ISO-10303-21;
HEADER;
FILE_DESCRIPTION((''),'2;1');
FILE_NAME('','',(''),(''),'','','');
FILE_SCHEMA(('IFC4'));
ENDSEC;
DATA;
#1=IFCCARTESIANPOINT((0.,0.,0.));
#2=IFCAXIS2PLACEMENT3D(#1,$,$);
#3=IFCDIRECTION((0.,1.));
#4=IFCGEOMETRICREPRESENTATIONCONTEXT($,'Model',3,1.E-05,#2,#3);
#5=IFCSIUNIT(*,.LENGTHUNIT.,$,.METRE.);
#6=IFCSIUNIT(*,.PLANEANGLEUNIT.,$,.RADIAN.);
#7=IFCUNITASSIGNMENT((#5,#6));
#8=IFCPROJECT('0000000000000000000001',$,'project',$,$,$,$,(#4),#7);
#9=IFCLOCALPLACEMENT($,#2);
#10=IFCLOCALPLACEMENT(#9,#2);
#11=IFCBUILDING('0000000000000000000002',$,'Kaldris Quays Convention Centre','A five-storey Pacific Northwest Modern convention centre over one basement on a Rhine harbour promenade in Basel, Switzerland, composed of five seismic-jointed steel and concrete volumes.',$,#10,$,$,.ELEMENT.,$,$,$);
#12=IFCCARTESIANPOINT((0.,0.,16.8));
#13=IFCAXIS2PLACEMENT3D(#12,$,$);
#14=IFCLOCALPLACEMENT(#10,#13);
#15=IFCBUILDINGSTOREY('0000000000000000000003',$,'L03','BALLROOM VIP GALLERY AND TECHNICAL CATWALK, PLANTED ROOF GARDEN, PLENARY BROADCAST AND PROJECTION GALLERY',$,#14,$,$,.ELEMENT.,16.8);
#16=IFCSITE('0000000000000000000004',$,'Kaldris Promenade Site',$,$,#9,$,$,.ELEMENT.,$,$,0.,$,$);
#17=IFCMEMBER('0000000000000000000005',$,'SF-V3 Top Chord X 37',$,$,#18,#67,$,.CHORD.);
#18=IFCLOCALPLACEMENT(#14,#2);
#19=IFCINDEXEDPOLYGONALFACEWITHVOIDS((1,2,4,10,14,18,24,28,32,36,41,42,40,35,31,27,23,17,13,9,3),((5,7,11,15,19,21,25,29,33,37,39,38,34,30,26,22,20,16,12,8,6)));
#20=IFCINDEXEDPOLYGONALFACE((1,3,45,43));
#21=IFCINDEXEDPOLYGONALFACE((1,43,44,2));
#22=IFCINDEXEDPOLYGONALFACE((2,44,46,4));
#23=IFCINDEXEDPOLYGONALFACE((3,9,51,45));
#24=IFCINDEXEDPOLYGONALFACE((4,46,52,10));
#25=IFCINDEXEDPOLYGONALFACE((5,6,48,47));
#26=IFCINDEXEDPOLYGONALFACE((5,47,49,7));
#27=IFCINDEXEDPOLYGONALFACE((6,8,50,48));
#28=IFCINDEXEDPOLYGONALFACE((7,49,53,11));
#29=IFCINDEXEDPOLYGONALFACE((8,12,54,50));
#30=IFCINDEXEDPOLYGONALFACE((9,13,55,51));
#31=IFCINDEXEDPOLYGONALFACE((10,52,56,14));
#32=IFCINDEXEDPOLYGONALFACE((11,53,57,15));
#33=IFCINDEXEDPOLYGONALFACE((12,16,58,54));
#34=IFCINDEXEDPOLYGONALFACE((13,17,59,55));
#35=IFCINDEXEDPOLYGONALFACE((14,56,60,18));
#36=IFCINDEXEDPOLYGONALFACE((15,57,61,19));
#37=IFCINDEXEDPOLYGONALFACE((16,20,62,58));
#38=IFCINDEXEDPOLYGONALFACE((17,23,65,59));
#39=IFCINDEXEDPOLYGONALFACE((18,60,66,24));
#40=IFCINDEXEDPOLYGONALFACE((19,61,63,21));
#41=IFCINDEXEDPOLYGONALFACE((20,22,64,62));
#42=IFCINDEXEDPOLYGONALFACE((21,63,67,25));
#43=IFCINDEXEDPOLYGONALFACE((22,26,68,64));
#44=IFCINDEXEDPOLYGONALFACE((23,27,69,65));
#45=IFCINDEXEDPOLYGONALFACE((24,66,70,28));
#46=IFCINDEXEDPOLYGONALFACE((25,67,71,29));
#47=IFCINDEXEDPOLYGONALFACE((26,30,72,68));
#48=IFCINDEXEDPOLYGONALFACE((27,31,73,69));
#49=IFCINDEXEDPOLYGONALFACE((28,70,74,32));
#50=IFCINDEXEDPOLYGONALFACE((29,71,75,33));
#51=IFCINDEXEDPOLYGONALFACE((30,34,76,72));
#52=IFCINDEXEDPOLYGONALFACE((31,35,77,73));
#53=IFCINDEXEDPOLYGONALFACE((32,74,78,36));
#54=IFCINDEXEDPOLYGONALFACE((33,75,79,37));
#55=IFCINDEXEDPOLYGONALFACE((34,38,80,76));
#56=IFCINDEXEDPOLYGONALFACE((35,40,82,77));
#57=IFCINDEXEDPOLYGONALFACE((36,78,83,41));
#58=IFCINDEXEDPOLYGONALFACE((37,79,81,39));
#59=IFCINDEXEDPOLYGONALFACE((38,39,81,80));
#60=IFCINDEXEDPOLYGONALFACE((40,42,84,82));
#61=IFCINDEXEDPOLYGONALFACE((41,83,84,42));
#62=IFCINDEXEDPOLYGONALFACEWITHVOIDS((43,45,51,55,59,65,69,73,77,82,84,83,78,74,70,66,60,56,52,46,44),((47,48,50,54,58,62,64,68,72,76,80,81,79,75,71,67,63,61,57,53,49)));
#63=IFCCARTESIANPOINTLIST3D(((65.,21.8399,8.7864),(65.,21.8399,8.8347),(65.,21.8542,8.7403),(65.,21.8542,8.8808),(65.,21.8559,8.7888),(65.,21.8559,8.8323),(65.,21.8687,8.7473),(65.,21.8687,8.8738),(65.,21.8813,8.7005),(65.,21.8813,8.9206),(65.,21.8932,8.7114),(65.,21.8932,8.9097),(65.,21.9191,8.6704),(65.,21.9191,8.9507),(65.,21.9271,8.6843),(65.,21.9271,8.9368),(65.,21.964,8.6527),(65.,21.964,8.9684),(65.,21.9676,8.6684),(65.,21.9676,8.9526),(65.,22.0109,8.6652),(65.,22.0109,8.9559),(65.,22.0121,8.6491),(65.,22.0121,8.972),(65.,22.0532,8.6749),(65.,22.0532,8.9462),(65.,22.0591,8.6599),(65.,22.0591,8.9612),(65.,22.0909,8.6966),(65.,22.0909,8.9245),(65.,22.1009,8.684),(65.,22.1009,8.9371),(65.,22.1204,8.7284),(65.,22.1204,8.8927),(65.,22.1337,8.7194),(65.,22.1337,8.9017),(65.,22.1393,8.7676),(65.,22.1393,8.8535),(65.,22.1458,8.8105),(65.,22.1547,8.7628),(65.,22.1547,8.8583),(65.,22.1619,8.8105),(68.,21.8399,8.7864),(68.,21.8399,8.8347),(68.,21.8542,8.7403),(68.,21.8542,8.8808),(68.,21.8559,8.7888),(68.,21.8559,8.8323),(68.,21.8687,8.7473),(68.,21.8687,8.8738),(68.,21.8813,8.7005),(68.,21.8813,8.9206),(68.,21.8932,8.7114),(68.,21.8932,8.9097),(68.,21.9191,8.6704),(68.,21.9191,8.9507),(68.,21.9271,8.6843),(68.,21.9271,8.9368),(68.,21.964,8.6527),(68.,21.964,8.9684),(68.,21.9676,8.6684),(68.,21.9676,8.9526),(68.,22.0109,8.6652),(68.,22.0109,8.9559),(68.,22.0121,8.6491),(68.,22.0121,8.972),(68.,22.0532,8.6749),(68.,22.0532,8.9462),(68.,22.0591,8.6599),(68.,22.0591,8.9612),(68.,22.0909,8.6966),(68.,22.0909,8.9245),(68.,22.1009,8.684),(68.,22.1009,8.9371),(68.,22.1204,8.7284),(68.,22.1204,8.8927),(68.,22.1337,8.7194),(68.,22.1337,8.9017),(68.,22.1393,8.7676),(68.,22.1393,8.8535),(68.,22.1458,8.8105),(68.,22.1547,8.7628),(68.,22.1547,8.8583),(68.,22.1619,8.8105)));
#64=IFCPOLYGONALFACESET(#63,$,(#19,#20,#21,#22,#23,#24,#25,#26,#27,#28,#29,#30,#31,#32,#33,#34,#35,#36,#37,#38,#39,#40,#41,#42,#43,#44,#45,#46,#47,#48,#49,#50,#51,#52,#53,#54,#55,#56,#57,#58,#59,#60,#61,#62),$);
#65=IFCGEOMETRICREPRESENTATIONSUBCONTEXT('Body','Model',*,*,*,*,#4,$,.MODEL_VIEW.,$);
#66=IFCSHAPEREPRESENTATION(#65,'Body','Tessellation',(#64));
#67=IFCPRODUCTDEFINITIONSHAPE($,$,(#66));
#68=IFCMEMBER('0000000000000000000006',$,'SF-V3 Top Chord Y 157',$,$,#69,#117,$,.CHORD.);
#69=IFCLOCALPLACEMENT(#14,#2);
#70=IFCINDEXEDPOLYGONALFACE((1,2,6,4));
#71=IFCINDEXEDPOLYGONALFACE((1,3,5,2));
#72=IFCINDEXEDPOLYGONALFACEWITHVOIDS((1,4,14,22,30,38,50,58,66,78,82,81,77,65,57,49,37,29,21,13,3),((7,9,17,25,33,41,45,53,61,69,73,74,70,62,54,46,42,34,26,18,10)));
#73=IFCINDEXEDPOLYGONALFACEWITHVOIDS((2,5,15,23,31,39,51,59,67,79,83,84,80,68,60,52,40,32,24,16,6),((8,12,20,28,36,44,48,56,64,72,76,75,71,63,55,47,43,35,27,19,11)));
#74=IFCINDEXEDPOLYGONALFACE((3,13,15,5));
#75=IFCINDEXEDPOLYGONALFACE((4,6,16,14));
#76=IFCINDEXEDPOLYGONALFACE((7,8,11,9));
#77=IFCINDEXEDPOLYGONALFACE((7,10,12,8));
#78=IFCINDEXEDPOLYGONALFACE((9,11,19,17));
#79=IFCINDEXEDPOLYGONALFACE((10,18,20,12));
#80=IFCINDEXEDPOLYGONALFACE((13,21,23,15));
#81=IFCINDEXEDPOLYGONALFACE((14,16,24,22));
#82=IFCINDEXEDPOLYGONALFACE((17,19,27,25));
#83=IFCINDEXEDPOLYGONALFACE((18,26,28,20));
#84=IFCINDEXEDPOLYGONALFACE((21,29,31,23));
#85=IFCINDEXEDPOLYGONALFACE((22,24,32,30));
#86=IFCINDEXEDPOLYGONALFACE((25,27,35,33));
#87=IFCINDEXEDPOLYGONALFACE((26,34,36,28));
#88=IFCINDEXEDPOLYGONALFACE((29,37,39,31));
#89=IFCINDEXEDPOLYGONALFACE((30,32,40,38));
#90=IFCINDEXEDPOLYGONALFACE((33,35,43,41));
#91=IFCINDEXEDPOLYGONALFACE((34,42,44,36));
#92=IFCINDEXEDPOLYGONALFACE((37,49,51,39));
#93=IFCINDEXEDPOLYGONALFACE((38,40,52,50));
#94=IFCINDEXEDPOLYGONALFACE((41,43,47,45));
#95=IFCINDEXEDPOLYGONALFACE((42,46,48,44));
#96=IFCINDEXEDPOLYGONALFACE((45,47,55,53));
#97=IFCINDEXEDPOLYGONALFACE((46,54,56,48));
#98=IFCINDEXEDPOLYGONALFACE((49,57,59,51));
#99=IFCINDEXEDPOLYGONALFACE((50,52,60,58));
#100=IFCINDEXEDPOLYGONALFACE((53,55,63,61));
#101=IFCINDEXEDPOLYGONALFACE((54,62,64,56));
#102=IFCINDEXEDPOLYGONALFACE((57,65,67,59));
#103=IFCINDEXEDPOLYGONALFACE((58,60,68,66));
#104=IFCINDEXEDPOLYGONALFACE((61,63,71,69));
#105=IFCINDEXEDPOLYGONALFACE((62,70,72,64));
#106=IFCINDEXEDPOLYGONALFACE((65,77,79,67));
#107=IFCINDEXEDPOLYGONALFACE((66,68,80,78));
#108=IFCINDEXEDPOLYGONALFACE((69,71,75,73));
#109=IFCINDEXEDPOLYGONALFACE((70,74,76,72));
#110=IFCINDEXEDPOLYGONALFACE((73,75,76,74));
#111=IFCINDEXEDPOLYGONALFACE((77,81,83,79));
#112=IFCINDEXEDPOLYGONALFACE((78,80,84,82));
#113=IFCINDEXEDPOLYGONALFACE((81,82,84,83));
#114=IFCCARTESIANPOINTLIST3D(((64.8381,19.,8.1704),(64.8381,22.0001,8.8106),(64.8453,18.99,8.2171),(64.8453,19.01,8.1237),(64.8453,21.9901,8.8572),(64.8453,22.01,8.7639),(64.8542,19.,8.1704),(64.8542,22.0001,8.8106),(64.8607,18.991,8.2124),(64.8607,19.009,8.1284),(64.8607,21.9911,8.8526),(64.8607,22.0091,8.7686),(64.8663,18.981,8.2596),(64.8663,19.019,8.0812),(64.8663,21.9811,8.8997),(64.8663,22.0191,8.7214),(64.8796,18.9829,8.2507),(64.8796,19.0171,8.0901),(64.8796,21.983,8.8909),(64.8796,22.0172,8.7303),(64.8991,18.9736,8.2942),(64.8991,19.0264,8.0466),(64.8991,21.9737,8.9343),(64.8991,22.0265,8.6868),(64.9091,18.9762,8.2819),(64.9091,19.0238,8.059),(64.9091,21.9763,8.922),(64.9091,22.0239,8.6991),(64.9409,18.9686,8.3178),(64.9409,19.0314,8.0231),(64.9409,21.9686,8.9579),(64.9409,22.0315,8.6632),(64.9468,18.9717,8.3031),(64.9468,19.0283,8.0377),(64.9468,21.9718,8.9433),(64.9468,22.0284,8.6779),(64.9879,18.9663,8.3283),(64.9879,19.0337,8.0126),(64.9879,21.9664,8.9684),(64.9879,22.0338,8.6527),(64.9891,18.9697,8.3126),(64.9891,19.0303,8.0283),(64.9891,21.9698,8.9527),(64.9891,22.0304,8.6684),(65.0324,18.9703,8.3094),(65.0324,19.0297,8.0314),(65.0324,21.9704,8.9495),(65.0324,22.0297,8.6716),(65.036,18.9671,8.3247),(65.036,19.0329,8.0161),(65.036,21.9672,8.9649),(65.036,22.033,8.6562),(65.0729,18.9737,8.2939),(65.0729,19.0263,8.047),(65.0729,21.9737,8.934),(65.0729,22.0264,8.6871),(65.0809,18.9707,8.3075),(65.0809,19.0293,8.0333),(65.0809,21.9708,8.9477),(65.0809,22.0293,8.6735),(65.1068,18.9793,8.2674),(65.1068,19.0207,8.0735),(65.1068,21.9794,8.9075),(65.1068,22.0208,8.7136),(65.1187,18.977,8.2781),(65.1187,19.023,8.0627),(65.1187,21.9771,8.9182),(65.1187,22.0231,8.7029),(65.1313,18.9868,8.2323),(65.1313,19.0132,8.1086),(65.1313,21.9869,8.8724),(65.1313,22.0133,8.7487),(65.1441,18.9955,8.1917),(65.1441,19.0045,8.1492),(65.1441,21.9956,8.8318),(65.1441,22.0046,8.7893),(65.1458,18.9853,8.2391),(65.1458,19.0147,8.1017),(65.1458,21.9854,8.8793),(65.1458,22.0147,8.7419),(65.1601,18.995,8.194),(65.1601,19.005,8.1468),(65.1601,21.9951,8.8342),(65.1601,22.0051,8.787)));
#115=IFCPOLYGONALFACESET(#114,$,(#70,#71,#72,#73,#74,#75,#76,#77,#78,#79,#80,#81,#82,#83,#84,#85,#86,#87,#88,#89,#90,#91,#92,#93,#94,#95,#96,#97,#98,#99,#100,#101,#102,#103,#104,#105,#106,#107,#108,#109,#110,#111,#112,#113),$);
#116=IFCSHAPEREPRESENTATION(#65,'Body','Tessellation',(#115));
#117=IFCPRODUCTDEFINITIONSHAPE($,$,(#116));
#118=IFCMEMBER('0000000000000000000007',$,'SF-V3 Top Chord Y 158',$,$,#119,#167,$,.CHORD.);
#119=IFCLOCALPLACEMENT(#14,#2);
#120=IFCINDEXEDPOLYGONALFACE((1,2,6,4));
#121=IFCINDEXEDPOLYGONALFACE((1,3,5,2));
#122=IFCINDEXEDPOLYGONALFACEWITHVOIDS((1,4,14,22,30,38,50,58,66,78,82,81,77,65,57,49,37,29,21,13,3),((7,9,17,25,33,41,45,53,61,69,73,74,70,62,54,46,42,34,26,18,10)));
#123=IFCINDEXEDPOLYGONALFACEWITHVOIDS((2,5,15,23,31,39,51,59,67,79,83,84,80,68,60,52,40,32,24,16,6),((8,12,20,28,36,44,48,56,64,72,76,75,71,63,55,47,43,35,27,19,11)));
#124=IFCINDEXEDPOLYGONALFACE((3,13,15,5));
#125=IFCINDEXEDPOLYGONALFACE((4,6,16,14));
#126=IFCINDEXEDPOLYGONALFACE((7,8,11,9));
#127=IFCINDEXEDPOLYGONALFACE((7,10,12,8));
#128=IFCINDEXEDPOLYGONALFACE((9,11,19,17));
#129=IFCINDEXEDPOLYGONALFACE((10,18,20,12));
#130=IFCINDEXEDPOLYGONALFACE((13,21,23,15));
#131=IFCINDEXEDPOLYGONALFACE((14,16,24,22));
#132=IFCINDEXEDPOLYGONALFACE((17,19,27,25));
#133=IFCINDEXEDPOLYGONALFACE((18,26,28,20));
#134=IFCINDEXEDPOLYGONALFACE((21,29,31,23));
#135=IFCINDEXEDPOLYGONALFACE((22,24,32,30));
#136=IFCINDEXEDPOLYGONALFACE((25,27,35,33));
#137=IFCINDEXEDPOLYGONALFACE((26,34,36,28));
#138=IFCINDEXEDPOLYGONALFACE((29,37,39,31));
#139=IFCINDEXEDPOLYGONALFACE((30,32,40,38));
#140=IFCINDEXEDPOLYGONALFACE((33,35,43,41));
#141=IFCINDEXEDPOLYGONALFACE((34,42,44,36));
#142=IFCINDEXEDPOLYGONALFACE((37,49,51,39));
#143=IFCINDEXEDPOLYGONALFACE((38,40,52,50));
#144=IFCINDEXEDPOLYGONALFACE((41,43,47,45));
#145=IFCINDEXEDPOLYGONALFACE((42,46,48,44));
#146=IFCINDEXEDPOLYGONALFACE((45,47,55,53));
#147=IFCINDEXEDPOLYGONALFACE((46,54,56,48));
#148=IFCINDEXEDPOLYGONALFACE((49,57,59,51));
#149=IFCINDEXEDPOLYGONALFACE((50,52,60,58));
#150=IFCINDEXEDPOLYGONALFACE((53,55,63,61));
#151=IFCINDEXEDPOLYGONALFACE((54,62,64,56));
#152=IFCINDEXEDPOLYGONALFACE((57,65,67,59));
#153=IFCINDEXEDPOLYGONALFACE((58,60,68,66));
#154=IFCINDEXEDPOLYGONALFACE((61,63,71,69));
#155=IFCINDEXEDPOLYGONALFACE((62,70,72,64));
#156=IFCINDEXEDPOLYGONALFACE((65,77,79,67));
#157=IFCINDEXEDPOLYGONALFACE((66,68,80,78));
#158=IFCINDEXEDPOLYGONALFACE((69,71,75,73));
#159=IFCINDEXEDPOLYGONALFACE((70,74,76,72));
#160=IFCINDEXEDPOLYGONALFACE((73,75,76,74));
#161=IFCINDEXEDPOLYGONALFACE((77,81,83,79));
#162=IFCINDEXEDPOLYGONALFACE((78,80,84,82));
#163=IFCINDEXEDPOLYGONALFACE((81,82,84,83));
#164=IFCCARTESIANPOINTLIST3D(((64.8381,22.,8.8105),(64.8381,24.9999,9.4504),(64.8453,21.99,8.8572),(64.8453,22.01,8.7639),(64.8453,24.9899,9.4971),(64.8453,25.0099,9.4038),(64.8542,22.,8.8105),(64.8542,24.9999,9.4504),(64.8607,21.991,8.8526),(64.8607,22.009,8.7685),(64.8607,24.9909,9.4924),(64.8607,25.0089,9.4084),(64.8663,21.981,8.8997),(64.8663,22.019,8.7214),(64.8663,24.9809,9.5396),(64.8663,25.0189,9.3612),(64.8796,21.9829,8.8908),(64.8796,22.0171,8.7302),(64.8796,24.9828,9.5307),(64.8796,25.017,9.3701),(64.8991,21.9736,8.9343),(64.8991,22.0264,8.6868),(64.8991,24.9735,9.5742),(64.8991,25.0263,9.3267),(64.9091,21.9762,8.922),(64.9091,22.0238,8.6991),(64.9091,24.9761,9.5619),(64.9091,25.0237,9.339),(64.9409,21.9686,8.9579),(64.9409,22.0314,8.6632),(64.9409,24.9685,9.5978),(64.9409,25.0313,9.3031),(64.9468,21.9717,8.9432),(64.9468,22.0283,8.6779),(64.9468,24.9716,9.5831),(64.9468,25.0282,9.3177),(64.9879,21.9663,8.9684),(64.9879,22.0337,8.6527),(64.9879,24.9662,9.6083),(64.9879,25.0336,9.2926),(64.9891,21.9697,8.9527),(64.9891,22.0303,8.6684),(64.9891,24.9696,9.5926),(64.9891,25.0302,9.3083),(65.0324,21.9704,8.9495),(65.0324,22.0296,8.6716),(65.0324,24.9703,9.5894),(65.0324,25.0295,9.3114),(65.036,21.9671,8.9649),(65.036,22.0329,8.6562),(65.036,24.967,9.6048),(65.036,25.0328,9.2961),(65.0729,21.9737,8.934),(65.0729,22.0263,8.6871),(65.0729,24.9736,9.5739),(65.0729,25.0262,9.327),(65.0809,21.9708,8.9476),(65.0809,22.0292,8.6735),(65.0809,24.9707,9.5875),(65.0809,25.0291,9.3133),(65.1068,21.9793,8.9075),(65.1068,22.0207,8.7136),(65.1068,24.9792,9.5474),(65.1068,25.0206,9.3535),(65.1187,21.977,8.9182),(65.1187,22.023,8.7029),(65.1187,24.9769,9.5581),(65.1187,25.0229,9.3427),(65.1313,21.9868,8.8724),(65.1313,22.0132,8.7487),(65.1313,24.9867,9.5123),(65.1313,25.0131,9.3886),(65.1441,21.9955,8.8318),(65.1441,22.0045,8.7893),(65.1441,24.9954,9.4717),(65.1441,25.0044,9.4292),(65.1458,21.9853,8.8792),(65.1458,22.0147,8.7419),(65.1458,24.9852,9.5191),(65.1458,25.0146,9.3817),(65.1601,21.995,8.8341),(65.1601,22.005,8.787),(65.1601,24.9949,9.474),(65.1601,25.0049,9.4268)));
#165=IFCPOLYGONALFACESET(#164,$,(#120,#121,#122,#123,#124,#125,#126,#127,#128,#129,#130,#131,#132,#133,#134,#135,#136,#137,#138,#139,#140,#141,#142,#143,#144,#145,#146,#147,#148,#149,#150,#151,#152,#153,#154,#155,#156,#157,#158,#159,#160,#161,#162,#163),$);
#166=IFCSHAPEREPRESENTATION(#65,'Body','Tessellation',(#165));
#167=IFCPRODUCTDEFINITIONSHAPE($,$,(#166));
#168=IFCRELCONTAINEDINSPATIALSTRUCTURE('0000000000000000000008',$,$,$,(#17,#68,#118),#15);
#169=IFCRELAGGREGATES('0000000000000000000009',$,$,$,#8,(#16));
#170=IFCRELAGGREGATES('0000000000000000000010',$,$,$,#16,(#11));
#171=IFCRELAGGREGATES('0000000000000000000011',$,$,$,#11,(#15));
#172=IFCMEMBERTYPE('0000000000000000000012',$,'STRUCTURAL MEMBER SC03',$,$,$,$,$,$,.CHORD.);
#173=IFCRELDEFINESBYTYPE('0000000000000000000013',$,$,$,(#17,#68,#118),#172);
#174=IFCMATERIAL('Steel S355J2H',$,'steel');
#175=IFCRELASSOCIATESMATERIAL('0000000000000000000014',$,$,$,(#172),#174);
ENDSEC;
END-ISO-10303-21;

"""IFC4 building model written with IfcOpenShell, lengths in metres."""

from ifc_helpers import new_model, si_unit, direction, frame, origin, origin_2d, place, context, subcontext, project, spatial, hollow_circle, extrude, material, material_profile, profile_set, type_object, element, save


model = new_model("IFC4")

# Units and contexts
model_context = context("Model", 3, precision=1e-05, world=origin(), true_north=direction((0.0, 1.0)))
body_context = subcontext(model_context, "Body", "Model", "MODEL_VIEW")
ifc_project = project(units=[si_unit("LENGTHUNIT", "METRE"), si_unit("PLANEANGLEUNIT", "RADIAN")], contexts=[model_context])

# Site, building, storey
site_placement = place(None, origin())
site = spatial("IfcSite", under=ifc_project, at=site_placement, Name="Kaldris Promenade Site", CompositionType="ELEMENT", RefElevation=0.0)
building_placement = place(site_placement, origin())
building = spatial("IfcBuilding", under=site, at=building_placement, Name="Kaldris Quays Convention Centre", Description="A five-storey Pacific Northwest Modern convention centre over one basement on a Rhine harbour promenade in Basel, Switzerland, composed of five seismic-jointed steel and concrete volumes.", CompositionType="ELEMENT")
storey_placement = place(building_placement, frame((0.0, 0.0, 16.8)))
storey = spatial("IfcBuildingStorey", under=building, at=storey_placement, Name="L03", Description="BALLROOM VIP GALLERY AND TECHNICAL CATWALK, PLANTED ROOF GARDEN, PLENARY BROADCAST AND PROJECTION GALLERY", CompositionType="ELEMENT", Elevation=16.8)

# Members
ifc_material_1 = material(Name="Steel S355J2H", Category="steel")
ifc_material_profile_1 = material_profile(ifc_material_1, hollow_circle(Radius=0.1619, WallThickness=0.0161, at=origin_2d()), Name="CHS 323.9x16")
ifc_profile_set_1 = profile_set([ifc_material_profile_1], Name="Steel S355J2H")
member_type_1 = type_object("IfcMemberType", Name="STRUCTURAL MEMBER SC03", PredefinedType="CHORD", material=ifc_profile_set_1)
for number, where, z_axis, x_axis, name in (
    (1, (65.0, 22.0, 8.8105), (1.0, 0.0, 0.0), (0.0, 1.0, 0.0), "SF-V3 Top Chord X 37"),
):
    element("IfcMember", number, at=place(storey_placement, frame(where, z_axis=z_axis, x_axis=x_axis)), inside=storey, type_object=member_type_1, Name=name, PredefinedType="CHORD", context=body_context, shape_type="SweptSolid", body=[
        extrude(hollow_circle(Radius=0.1619, WallThickness=0.0161, at=origin_2d()), origin(), (0.0, 0.0, 1.0), 3.0),
    ])
member_1_placement = place(storey_placement, frame((65.0, 19.0, 8.1704), z_axis=(0.0, 0.977984, 0.208681), x_axis=(-1.0, 0.0, 0.0)))
element("IfcMember", 2, at=member_1_placement, inside=storey, type_object=member_type_1, Name="SF-V3 Top Chord Y 157", PredefinedType="CHORD", context=body_context, shape_type="SweptSolid", body=[
    extrude(hollow_circle(Radius=0.1619, WallThickness=0.0161, at=origin_2d()), origin(), (0.0, 0.0, 1.0), 3.0676),
])
member_2_placement = place(storey_placement, frame((65.0, 22.0, 8.8105), z_axis=(0.0, 0.978, 0.208605), x_axis=(-1.0, 0.0, 0.0)))
element("IfcMember", 3, at=member_2_placement, inside=storey, type_object=member_type_1, Name="SF-V3 Top Chord Y 158", PredefinedType="CHORD", context=body_context, shape_type="SweptSolid", body=[
    extrude(hollow_circle(Radius=0.1619, WallThickness=0.0161, at=origin_2d()), origin(), (0.0, 0.0, 1.0), 3.0674),
])

save(model, "model.ifc")
